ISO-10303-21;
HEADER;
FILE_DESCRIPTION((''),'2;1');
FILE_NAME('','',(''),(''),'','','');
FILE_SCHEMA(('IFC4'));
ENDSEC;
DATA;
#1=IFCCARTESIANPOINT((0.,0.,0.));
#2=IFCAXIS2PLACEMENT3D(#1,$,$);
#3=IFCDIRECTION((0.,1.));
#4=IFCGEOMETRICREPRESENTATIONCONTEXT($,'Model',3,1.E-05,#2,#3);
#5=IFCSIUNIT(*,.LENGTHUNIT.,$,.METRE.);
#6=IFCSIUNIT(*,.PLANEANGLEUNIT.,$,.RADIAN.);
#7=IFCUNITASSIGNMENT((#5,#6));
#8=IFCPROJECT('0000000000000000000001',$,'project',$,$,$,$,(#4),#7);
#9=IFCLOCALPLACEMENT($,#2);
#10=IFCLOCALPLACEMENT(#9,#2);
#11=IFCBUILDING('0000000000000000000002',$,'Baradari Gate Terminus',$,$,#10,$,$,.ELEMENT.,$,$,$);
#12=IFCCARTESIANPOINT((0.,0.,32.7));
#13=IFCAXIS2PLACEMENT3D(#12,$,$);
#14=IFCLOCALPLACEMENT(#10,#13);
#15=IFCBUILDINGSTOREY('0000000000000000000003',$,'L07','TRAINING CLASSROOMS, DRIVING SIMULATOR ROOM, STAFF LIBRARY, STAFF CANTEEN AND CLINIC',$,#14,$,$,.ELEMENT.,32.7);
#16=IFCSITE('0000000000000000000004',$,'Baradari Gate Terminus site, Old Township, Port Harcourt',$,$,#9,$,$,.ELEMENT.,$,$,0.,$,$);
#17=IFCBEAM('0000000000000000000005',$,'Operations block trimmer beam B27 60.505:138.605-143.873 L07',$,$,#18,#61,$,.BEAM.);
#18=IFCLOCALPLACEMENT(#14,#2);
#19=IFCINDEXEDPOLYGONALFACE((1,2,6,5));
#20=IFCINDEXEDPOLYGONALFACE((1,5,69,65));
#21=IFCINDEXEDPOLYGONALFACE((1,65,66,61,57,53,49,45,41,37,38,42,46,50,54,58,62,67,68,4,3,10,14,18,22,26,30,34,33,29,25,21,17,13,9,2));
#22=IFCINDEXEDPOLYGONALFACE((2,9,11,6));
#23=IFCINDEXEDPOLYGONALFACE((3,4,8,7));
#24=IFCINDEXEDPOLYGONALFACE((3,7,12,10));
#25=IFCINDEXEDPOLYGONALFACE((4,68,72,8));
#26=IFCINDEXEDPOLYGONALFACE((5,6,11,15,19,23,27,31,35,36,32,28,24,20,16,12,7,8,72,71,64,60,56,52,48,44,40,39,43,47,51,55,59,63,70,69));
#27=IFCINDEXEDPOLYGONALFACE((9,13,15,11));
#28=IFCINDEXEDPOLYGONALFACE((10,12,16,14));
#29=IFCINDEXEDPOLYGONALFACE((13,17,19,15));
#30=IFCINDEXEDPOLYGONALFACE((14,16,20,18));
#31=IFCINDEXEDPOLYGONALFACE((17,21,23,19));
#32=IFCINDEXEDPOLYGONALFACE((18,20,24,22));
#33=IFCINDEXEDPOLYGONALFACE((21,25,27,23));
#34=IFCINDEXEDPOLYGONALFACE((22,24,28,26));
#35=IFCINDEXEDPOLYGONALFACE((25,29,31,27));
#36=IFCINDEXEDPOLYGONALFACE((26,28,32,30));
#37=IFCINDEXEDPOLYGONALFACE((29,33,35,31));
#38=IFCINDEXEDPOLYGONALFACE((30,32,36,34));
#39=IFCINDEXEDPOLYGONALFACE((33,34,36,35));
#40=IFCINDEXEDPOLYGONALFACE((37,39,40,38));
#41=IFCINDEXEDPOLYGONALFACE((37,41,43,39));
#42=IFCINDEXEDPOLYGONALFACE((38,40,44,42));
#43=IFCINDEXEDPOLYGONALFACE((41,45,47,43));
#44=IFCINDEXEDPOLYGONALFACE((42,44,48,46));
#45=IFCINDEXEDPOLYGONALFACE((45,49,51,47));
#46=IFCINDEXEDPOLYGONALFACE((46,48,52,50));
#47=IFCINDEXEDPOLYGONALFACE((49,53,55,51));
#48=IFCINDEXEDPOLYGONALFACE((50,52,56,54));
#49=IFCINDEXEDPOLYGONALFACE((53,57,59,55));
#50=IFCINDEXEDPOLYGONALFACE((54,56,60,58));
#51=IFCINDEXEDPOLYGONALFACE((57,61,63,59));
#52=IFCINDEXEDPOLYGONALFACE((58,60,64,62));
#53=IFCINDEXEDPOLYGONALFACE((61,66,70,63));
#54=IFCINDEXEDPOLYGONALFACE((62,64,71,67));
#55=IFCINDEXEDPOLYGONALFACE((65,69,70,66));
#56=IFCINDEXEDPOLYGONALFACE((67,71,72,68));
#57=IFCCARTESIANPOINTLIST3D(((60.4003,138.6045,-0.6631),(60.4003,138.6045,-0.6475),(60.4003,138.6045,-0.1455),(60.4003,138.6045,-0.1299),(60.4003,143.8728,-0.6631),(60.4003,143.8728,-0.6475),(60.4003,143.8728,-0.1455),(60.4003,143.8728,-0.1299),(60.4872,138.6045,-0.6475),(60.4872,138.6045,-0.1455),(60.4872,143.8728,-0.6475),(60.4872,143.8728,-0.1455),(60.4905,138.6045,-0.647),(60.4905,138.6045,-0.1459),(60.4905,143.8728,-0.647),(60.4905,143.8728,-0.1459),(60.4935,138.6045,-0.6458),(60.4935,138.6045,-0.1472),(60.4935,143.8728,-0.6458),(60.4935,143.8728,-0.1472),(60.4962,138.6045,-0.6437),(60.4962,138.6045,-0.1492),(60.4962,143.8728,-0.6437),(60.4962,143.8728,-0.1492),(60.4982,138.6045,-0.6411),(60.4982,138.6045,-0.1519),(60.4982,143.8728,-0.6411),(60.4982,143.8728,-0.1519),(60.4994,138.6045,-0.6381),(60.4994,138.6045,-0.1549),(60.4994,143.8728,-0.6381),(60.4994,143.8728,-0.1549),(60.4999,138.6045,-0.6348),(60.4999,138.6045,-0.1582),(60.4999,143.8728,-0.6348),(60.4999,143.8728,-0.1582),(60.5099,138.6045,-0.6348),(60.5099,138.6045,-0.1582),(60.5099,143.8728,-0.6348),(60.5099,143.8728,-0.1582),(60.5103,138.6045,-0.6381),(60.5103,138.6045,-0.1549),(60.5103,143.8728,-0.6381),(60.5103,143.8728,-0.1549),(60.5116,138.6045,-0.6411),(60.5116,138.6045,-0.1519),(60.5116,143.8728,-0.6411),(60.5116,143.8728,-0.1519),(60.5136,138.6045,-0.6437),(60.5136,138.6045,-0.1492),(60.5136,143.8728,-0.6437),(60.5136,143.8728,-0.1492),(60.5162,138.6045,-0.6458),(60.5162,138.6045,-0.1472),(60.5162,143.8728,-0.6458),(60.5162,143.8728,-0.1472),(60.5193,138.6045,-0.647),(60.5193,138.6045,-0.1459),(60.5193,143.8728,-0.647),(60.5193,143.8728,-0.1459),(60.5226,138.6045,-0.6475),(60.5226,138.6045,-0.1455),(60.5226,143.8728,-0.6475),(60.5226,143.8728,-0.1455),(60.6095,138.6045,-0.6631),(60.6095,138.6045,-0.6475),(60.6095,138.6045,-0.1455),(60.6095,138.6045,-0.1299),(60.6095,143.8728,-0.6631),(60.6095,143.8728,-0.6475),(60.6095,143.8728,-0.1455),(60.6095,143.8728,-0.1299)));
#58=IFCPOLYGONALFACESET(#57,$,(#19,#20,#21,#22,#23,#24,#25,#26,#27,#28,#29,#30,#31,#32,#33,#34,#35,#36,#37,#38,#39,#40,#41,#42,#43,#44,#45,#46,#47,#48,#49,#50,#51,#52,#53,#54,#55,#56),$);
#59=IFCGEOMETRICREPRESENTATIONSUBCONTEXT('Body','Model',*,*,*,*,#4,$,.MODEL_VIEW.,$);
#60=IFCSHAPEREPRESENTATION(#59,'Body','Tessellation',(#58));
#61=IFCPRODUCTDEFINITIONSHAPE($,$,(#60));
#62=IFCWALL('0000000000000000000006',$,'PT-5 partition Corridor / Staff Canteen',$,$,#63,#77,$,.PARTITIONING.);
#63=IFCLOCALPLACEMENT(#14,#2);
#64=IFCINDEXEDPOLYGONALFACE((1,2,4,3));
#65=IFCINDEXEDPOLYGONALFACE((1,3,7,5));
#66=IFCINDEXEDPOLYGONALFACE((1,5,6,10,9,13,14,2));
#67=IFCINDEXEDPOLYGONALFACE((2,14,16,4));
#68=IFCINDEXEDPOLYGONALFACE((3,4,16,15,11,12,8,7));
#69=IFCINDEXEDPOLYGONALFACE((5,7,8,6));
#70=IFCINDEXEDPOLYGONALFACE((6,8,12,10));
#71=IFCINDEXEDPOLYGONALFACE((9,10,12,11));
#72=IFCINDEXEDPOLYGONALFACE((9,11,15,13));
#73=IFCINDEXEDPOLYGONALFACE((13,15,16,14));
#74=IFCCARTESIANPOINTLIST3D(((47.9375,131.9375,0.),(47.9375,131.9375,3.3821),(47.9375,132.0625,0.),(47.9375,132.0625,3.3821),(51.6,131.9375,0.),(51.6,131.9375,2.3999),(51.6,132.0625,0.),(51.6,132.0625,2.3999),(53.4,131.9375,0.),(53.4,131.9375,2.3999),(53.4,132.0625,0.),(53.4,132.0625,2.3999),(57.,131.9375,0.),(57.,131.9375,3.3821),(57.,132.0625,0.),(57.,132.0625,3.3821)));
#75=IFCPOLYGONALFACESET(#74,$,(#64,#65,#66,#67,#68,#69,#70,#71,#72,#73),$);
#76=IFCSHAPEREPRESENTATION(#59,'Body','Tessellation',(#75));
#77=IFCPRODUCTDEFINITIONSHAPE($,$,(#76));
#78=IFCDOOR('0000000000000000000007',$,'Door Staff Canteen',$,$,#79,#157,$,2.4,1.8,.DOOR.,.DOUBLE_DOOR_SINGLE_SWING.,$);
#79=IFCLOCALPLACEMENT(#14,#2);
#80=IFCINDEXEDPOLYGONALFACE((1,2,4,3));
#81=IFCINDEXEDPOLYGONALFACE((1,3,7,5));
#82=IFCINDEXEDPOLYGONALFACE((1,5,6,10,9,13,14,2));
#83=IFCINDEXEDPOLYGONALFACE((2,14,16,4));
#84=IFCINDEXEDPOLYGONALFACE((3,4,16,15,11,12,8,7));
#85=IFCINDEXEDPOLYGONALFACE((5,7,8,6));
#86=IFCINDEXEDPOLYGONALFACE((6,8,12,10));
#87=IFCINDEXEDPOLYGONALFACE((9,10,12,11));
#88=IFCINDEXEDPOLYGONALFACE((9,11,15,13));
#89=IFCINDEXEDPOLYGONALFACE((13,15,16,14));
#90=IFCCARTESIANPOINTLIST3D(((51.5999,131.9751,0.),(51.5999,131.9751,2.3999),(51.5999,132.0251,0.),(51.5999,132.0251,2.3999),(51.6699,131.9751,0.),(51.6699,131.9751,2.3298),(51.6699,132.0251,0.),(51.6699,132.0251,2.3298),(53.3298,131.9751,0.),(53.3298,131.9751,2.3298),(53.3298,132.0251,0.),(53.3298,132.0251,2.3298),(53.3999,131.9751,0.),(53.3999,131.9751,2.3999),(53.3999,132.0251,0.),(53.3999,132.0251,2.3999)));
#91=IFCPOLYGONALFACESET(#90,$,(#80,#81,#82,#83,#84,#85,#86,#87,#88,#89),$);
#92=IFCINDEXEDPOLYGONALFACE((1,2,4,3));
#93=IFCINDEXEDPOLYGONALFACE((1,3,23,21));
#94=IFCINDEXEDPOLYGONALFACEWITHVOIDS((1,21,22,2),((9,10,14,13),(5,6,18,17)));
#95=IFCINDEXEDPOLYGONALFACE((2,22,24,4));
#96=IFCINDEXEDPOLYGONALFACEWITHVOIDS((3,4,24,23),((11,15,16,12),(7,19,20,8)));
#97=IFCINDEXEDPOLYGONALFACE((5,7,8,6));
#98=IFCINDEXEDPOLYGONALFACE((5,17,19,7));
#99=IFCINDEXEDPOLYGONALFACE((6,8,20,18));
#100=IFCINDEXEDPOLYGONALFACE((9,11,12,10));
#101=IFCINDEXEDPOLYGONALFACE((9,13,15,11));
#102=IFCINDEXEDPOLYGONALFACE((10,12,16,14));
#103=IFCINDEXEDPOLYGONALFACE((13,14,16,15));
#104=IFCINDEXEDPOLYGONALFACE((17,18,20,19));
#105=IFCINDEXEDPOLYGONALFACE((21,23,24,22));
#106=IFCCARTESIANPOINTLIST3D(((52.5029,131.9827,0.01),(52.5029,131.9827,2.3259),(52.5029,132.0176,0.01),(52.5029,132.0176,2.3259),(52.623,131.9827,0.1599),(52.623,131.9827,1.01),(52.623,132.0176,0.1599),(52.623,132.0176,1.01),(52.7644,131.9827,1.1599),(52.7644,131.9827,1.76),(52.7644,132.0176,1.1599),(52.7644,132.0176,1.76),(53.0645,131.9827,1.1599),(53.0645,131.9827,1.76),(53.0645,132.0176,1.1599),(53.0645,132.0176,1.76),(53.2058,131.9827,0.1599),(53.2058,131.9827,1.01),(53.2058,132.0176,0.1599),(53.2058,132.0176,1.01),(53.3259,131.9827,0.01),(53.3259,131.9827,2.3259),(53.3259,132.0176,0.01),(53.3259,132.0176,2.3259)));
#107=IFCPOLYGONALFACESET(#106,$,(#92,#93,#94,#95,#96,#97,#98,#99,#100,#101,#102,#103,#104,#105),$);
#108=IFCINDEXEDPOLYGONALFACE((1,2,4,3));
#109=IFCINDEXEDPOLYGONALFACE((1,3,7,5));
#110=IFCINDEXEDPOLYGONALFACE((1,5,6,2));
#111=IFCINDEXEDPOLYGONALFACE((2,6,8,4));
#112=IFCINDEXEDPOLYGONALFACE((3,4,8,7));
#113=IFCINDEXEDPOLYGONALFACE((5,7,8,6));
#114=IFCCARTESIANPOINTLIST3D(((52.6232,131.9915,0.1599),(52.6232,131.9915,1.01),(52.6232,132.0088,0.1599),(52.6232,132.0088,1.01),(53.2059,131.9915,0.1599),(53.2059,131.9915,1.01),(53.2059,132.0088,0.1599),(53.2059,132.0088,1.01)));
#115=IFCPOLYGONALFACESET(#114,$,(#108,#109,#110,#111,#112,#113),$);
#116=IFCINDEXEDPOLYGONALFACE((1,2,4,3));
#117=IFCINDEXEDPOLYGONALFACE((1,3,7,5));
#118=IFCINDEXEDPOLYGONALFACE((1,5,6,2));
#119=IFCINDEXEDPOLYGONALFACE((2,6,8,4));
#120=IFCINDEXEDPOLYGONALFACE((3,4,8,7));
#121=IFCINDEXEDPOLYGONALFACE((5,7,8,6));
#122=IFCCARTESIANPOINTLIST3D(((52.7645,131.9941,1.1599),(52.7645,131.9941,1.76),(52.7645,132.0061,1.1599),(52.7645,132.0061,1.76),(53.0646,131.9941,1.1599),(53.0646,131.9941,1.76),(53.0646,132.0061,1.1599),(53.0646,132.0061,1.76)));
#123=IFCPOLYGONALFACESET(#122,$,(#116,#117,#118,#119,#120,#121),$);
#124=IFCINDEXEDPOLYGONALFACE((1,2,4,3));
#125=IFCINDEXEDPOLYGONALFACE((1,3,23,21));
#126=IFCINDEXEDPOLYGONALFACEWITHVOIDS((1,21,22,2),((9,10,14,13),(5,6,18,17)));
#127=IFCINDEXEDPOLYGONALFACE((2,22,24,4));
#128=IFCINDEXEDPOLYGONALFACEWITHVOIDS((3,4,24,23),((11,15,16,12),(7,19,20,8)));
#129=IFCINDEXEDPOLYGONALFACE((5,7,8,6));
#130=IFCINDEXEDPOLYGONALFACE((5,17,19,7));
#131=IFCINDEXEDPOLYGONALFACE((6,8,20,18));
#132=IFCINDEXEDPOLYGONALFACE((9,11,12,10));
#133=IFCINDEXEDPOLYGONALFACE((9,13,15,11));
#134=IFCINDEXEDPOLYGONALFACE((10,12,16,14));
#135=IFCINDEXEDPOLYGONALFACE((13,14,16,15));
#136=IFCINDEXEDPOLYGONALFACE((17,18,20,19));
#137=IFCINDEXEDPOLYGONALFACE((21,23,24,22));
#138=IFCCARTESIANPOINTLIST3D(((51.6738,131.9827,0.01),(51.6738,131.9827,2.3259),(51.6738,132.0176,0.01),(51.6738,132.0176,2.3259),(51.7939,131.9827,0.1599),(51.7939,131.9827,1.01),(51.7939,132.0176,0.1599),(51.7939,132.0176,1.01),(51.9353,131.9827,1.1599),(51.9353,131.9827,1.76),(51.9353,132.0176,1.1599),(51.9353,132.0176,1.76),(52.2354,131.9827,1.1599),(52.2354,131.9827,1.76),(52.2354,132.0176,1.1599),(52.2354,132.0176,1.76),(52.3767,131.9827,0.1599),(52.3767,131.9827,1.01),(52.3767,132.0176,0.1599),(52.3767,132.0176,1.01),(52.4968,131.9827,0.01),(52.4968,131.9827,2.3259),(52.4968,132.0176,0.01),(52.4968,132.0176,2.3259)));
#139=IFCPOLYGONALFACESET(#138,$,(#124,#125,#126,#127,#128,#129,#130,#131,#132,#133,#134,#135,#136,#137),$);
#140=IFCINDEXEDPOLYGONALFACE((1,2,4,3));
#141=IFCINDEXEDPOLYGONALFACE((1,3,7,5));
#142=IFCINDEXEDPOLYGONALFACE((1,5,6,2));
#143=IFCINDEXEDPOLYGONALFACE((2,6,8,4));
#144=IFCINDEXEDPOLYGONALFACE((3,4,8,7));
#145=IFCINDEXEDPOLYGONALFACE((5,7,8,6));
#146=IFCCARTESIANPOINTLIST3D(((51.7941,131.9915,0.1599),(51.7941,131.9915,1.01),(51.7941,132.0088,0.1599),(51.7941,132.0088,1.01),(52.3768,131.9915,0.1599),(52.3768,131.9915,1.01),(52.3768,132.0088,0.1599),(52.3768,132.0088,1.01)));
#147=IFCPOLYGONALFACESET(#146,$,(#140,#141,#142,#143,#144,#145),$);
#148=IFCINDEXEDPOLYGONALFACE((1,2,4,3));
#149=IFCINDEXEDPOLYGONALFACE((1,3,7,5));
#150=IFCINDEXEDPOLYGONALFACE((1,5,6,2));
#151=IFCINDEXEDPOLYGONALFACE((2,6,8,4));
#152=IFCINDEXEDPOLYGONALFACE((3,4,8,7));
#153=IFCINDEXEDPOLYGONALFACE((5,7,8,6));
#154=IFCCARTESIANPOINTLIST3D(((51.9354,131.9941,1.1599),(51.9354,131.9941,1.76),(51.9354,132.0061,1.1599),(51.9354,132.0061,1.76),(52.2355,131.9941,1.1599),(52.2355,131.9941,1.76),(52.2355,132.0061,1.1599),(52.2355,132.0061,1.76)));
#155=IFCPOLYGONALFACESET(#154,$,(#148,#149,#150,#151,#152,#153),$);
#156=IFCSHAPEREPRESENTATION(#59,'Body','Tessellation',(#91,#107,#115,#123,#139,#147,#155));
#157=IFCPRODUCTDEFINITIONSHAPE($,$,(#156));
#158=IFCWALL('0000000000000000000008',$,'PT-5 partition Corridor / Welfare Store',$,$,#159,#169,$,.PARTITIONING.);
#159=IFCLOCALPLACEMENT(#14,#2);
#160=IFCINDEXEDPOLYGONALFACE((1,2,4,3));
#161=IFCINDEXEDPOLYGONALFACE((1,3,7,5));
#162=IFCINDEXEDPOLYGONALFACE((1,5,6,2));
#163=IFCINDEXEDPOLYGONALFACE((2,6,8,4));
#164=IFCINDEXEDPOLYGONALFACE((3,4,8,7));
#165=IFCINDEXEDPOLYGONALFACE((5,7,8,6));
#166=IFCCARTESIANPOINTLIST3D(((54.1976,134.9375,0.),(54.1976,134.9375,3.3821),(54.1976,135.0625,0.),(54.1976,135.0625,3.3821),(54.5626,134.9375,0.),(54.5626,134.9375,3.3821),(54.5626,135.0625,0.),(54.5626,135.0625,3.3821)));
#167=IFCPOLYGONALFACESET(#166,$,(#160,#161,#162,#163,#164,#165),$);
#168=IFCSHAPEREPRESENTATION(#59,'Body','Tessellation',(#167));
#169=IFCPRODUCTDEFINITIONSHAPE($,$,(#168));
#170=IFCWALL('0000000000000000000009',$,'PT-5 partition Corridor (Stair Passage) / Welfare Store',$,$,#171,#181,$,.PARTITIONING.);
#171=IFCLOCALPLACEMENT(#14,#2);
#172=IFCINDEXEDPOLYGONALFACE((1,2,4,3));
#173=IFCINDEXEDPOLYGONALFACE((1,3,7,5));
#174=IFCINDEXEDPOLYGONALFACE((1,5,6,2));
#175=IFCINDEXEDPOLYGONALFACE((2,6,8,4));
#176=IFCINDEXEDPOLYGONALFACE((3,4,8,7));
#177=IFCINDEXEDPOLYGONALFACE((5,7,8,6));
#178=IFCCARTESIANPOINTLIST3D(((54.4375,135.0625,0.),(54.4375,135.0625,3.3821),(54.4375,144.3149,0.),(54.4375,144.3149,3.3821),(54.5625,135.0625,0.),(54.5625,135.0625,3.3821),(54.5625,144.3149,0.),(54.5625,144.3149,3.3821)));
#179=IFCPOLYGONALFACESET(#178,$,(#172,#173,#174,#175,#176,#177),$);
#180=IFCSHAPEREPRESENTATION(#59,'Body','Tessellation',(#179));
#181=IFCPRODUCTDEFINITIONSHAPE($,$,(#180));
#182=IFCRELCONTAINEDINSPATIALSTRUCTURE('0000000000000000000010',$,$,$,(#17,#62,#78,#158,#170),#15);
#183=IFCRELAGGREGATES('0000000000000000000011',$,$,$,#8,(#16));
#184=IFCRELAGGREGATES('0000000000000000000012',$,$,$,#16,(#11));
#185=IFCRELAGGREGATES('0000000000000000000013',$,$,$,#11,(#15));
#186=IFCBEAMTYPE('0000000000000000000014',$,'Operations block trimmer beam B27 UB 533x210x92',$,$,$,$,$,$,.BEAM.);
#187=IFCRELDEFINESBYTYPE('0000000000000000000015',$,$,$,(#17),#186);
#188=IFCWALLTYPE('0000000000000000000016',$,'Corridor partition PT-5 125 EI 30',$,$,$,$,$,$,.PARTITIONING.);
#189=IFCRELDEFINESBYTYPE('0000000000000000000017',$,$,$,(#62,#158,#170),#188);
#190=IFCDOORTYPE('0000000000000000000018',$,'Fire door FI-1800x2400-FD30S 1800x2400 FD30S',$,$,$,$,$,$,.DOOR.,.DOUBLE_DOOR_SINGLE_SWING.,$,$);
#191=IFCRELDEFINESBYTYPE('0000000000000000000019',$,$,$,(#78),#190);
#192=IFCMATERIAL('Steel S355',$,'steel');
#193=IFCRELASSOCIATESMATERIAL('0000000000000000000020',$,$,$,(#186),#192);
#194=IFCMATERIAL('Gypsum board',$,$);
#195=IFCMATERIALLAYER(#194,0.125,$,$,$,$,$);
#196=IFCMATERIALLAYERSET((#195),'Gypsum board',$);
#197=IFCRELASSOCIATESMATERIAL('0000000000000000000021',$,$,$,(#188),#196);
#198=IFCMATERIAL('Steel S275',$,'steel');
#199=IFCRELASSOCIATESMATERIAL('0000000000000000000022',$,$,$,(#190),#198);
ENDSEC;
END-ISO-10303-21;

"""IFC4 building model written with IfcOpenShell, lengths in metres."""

from ifc_helpers import new_model, si_unit, direction, frame, frame_2d, origin, origin_2d, place, context, subcontext, project, spatial, polyline, rectangle, i_section, outline, extrude, material, layer, layer_set, material_profile, profile_set, type_object, element, fill, save


model = new_model("IFC4")

# Units and contexts
model_context = context("Model", 3, precision=1e-05, world=origin(), true_north=direction((0.0, 1.0)))
body_context = subcontext(model_context, "Body", "Model", "MODEL_VIEW")
ifc_project = project(units=[si_unit("LENGTHUNIT", "METRE"), si_unit("PLANEANGLEUNIT", "RADIAN")], contexts=[model_context])

# Site, building, storey
site_placement = place(None, origin())
site = spatial("IfcSite", under=ifc_project, at=site_placement, Name="Baradari Gate Terminus site, Old Township, Port Harcourt", CompositionType="ELEMENT", RefElevation=0.0)
building_placement = place(site_placement, origin())
building = spatial("IfcBuilding", under=site, at=building_placement, Name="Baradari Gate Terminus", CompositionType="ELEMENT")
storey_placement = place(building_placement, frame((0.0, 0.0, 32.7)))
storey = spatial("IfcBuildingStorey", under=building, at=storey_placement, Name="L07", Description="TRAINING CLASSROOMS, DRIVING SIMULATOR ROOM, STAFF LIBRARY, STAFF CANTEEN AND CLINIC", CompositionType="ELEMENT", Elevation=32.7)

# Beam
ifc_material_1 = material(Name="Steel S355", Category="steel")
ifc_material_profile_1 = material_profile(ifc_material_1, i_section(OverallWidth=0.2092, OverallDepth=0.5332, WebThickness=0.01, FlangeThickness=0.0156, FilletRadius=0.0127, at=origin_2d()), Name="UB 533x210x92")
ifc_profile_set_1 = profile_set([ifc_material_profile_1], Name="Steel S355")
beam_type_1 = type_object("IfcBeamType", Name="Operations block trimmer beam B27 UB 533x210x92", PredefinedType="BEAM", material=ifc_profile_set_1)
beam_1_placement = place(storey_placement, frame((60.5049, 138.6045, -0.3965), z_axis=(0.0, 1.0, 0.0), x_axis=(-1.0, 0.0, 0.0)))
element("IfcBeam", 1, at=beam_1_placement, inside=storey, type_object=beam_type_1, Name="Operations block trimmer beam B27 60.505:138.605-143.873 L07", PredefinedType="BEAM", context=body_context, shape_type="SweptSolid", body=[
    extrude(i_section(OverallWidth=0.2092, OverallDepth=0.5332, WebThickness=0.01, FlangeThickness=0.0156, FilletRadius=0.0127, at=origin_2d()), origin(), (0.0, 0.0, 1.0), 5.2683),
])

# Wall, opening, door
ifc_material_2 = material(Name="Gypsum board")
ifc_layer_1 = layer(ifc_material_2, 0.125)
ifc_layer_set_1 = layer_set([ifc_layer_1], Name="Gypsum board")
wall_type_1 = type_object("IfcWallType", Name="Corridor partition PT-5 125 EI 30", PredefinedType="PARTITIONING", material=ifc_layer_set_1)
wall_1_placement = place(storey_placement, frame((57.0, 132.0, 0.0), z_axis=(0.0, 0.0, 1.0), x_axis=(-1.0, 0.0, 0.0)))
wall_1 = element("IfcWall", 2, at=wall_1_placement, inside=storey, type_object=wall_type_1, Name="PT-5 partition Corridor / Staff Canteen", PredefinedType="PARTITIONING", context=body_context, shape_type="SweptSolid", body=[
    extrude(rectangle(XDim=9.0625, YDim=0.125, at=frame_2d((4.5312, 0.0))), origin(), (0.0, 0.0, 1.0), 3.3821),
])
opening_1_placement = place(wall_1_placement, frame((3.6001, 0.0, 0.0)))
opening_1 = element("IfcOpeningElement", 3, at=opening_1_placement, cuts=wall_1, PredefinedType="OPENING", context=body_context, shape_type="SweptSolid", body=[
    extrude(rectangle(XDim=1.8, YDim=2.3999, at=frame_2d((0.8999, 1.2))), frame((0.0, 0.0725, 0.0), z_axis=(0.0, -1.0, 0.0), x_axis=(1.0, 0.0, 0.0)), (0.0, 0.0, 1.0), 0.145),
])
ifc_material_3 = material(Name="Steel S275", Category="steel")
door_type_1 = type_object("IfcDoorType", Name="Fire door FI-1800x2400-FD30S 1800x2400 FD30S", OperationType="DOUBLE_DOOR_SINGLE_SWING", PredefinedType="DOOR", material=ifc_material_3)
door_1_placement = place(opening_1_placement, origin())
door_1 = element("IfcDoor", 4, at=door_1_placement, inside=storey, type_object=door_type_1, Name="Door Staff Canteen", OperationType="DOUBLE_DOOR_SINGLE_SWING", OverallHeight=2.4, OverallWidth=1.8, PredefinedType="DOOR", context=body_context, shape_type="SweptSolid", body=[
    extrude(outline(polyline([(0.0, 0.0), (0.0701, 0.0), (0.0701, 2.3298), (1.73, 2.3298), (1.73, 0.0), (1.8, 0.0), (1.8, 2.3999), (0.0, 2.3999), (0.0, 0.0)])), frame((0.0, 0.0249, 0.0), z_axis=(0.0, -1.0, 0.0), x_axis=(1.0, 0.0, 0.0)), (0.0, 0.0, 1.0), 0.05),
    extrude(outline(polyline([(0.074, 0.01), (0.897, 0.01), (0.897, 2.3259), (0.074, 2.3259), (0.074, 0.01)]), holes=[polyline([(0.1941, 0.1599), (0.7769, 0.1599), (0.7769, 1.01), (0.1941, 1.01), (0.1941, 0.1599)]), polyline([(0.3354, 1.1599), (0.6355, 1.1599), (0.6355, 1.76), (0.3354, 1.76), (0.3354, 1.1599)])]), frame((0.0, 0.0173, 0.0), z_axis=(0.0, -1.0, 0.0), x_axis=(1.0, 0.0, 0.0)), (0.0, 0.0, 1.0), 0.0349),
    extrude(rectangle(XDim=0.5828, YDim=0.8501, at=frame_2d((0.4854, 0.585))), frame((0.0, 0.0085, 0.0), z_axis=(0.0, -1.0, 0.0), x_axis=(1.0, 0.0, 0.0)), (0.0, 0.0, 1.0), 0.0173),
    extrude(rectangle(XDim=0.3, YDim=0.6001, at=frame_2d((0.4854, 1.46))), frame((0.0, 0.0059, 0.0), z_axis=(0.0, -1.0, 0.0), x_axis=(1.0, 0.0, 0.0)), (0.0, 0.0, 1.0), 0.012),
    extrude(outline(polyline([(0.9031, 0.01), (1.7261, 0.01), (1.7261, 2.3259), (0.9031, 2.3259), (0.9031, 0.01)]), holes=[polyline([(1.0232, 0.1599), (1.606, 0.1599), (1.606, 1.01), (1.0232, 1.01), (1.0232, 0.1599)]), polyline([(1.1646, 1.1599), (1.4646, 1.1599), (1.4646, 1.76), (1.1646, 1.76), (1.1646, 1.1599)])]), frame((0.0, 0.0173, 0.0), z_axis=(0.0, -1.0, 0.0), x_axis=(1.0, 0.0, 0.0)), (0.0, 0.0, 1.0), 0.0349),
    extrude(rectangle(XDim=0.5828, YDim=0.8501, at=frame_2d((1.3145, 0.585))), frame((0.0, 0.0085, 0.0), z_axis=(0.0, -1.0, 0.0), x_axis=(1.0, 0.0, 0.0)), (0.0, 0.0, 1.0), 0.0173),
    extrude(rectangle(XDim=0.3, YDim=0.6001, at=frame_2d((1.3145, 1.46))), frame((0.0, 0.0059, 0.0), z_axis=(0.0, -1.0, 0.0), x_axis=(1.0, 0.0, 0.0)), (0.0, 0.0, 1.0), 0.012),
])
fill(opening_1, door_1)

# Walls
wall_2_placement = place(storey_placement, frame((54.1975, 135.0, 0.0), z_axis=(0.0, 0.0, 1.0), x_axis=(1.0, 0.0, 0.0)))
element("IfcWall", 5, at=wall_2_placement, inside=storey, type_object=wall_type_1, Name="PT-5 partition Corridor / Welfare Store", PredefinedType="PARTITIONING", context=body_context, shape_type="SweptSolid", body=[
    extrude(rectangle(XDim=0.365, YDim=0.125, at=frame_2d((0.1826, 0.0))), origin(), (0.0, 0.0, 1.0), 3.3821),
])
wall_3_placement = place(storey_placement, frame((54.5, 135.0625, 0.0), z_axis=(0.0, 0.0, 1.0), x_axis=(0.0, 1.0, 0.0)))
element("IfcWall", 6, at=wall_3_placement, inside=storey, type_object=wall_type_1, Name="PT-5 partition Corridor (Stair Passage) / Welfare Store", PredefinedType="PARTITIONING", context=body_context, shape_type="SweptSolid", body=[
    extrude(rectangle(XDim=9.2524, YDim=0.125, at=frame_2d((4.6262, 0.0))), origin(), (0.0, 0.0, 1.0), 3.3821),
])

save(model, "model.ifc")
